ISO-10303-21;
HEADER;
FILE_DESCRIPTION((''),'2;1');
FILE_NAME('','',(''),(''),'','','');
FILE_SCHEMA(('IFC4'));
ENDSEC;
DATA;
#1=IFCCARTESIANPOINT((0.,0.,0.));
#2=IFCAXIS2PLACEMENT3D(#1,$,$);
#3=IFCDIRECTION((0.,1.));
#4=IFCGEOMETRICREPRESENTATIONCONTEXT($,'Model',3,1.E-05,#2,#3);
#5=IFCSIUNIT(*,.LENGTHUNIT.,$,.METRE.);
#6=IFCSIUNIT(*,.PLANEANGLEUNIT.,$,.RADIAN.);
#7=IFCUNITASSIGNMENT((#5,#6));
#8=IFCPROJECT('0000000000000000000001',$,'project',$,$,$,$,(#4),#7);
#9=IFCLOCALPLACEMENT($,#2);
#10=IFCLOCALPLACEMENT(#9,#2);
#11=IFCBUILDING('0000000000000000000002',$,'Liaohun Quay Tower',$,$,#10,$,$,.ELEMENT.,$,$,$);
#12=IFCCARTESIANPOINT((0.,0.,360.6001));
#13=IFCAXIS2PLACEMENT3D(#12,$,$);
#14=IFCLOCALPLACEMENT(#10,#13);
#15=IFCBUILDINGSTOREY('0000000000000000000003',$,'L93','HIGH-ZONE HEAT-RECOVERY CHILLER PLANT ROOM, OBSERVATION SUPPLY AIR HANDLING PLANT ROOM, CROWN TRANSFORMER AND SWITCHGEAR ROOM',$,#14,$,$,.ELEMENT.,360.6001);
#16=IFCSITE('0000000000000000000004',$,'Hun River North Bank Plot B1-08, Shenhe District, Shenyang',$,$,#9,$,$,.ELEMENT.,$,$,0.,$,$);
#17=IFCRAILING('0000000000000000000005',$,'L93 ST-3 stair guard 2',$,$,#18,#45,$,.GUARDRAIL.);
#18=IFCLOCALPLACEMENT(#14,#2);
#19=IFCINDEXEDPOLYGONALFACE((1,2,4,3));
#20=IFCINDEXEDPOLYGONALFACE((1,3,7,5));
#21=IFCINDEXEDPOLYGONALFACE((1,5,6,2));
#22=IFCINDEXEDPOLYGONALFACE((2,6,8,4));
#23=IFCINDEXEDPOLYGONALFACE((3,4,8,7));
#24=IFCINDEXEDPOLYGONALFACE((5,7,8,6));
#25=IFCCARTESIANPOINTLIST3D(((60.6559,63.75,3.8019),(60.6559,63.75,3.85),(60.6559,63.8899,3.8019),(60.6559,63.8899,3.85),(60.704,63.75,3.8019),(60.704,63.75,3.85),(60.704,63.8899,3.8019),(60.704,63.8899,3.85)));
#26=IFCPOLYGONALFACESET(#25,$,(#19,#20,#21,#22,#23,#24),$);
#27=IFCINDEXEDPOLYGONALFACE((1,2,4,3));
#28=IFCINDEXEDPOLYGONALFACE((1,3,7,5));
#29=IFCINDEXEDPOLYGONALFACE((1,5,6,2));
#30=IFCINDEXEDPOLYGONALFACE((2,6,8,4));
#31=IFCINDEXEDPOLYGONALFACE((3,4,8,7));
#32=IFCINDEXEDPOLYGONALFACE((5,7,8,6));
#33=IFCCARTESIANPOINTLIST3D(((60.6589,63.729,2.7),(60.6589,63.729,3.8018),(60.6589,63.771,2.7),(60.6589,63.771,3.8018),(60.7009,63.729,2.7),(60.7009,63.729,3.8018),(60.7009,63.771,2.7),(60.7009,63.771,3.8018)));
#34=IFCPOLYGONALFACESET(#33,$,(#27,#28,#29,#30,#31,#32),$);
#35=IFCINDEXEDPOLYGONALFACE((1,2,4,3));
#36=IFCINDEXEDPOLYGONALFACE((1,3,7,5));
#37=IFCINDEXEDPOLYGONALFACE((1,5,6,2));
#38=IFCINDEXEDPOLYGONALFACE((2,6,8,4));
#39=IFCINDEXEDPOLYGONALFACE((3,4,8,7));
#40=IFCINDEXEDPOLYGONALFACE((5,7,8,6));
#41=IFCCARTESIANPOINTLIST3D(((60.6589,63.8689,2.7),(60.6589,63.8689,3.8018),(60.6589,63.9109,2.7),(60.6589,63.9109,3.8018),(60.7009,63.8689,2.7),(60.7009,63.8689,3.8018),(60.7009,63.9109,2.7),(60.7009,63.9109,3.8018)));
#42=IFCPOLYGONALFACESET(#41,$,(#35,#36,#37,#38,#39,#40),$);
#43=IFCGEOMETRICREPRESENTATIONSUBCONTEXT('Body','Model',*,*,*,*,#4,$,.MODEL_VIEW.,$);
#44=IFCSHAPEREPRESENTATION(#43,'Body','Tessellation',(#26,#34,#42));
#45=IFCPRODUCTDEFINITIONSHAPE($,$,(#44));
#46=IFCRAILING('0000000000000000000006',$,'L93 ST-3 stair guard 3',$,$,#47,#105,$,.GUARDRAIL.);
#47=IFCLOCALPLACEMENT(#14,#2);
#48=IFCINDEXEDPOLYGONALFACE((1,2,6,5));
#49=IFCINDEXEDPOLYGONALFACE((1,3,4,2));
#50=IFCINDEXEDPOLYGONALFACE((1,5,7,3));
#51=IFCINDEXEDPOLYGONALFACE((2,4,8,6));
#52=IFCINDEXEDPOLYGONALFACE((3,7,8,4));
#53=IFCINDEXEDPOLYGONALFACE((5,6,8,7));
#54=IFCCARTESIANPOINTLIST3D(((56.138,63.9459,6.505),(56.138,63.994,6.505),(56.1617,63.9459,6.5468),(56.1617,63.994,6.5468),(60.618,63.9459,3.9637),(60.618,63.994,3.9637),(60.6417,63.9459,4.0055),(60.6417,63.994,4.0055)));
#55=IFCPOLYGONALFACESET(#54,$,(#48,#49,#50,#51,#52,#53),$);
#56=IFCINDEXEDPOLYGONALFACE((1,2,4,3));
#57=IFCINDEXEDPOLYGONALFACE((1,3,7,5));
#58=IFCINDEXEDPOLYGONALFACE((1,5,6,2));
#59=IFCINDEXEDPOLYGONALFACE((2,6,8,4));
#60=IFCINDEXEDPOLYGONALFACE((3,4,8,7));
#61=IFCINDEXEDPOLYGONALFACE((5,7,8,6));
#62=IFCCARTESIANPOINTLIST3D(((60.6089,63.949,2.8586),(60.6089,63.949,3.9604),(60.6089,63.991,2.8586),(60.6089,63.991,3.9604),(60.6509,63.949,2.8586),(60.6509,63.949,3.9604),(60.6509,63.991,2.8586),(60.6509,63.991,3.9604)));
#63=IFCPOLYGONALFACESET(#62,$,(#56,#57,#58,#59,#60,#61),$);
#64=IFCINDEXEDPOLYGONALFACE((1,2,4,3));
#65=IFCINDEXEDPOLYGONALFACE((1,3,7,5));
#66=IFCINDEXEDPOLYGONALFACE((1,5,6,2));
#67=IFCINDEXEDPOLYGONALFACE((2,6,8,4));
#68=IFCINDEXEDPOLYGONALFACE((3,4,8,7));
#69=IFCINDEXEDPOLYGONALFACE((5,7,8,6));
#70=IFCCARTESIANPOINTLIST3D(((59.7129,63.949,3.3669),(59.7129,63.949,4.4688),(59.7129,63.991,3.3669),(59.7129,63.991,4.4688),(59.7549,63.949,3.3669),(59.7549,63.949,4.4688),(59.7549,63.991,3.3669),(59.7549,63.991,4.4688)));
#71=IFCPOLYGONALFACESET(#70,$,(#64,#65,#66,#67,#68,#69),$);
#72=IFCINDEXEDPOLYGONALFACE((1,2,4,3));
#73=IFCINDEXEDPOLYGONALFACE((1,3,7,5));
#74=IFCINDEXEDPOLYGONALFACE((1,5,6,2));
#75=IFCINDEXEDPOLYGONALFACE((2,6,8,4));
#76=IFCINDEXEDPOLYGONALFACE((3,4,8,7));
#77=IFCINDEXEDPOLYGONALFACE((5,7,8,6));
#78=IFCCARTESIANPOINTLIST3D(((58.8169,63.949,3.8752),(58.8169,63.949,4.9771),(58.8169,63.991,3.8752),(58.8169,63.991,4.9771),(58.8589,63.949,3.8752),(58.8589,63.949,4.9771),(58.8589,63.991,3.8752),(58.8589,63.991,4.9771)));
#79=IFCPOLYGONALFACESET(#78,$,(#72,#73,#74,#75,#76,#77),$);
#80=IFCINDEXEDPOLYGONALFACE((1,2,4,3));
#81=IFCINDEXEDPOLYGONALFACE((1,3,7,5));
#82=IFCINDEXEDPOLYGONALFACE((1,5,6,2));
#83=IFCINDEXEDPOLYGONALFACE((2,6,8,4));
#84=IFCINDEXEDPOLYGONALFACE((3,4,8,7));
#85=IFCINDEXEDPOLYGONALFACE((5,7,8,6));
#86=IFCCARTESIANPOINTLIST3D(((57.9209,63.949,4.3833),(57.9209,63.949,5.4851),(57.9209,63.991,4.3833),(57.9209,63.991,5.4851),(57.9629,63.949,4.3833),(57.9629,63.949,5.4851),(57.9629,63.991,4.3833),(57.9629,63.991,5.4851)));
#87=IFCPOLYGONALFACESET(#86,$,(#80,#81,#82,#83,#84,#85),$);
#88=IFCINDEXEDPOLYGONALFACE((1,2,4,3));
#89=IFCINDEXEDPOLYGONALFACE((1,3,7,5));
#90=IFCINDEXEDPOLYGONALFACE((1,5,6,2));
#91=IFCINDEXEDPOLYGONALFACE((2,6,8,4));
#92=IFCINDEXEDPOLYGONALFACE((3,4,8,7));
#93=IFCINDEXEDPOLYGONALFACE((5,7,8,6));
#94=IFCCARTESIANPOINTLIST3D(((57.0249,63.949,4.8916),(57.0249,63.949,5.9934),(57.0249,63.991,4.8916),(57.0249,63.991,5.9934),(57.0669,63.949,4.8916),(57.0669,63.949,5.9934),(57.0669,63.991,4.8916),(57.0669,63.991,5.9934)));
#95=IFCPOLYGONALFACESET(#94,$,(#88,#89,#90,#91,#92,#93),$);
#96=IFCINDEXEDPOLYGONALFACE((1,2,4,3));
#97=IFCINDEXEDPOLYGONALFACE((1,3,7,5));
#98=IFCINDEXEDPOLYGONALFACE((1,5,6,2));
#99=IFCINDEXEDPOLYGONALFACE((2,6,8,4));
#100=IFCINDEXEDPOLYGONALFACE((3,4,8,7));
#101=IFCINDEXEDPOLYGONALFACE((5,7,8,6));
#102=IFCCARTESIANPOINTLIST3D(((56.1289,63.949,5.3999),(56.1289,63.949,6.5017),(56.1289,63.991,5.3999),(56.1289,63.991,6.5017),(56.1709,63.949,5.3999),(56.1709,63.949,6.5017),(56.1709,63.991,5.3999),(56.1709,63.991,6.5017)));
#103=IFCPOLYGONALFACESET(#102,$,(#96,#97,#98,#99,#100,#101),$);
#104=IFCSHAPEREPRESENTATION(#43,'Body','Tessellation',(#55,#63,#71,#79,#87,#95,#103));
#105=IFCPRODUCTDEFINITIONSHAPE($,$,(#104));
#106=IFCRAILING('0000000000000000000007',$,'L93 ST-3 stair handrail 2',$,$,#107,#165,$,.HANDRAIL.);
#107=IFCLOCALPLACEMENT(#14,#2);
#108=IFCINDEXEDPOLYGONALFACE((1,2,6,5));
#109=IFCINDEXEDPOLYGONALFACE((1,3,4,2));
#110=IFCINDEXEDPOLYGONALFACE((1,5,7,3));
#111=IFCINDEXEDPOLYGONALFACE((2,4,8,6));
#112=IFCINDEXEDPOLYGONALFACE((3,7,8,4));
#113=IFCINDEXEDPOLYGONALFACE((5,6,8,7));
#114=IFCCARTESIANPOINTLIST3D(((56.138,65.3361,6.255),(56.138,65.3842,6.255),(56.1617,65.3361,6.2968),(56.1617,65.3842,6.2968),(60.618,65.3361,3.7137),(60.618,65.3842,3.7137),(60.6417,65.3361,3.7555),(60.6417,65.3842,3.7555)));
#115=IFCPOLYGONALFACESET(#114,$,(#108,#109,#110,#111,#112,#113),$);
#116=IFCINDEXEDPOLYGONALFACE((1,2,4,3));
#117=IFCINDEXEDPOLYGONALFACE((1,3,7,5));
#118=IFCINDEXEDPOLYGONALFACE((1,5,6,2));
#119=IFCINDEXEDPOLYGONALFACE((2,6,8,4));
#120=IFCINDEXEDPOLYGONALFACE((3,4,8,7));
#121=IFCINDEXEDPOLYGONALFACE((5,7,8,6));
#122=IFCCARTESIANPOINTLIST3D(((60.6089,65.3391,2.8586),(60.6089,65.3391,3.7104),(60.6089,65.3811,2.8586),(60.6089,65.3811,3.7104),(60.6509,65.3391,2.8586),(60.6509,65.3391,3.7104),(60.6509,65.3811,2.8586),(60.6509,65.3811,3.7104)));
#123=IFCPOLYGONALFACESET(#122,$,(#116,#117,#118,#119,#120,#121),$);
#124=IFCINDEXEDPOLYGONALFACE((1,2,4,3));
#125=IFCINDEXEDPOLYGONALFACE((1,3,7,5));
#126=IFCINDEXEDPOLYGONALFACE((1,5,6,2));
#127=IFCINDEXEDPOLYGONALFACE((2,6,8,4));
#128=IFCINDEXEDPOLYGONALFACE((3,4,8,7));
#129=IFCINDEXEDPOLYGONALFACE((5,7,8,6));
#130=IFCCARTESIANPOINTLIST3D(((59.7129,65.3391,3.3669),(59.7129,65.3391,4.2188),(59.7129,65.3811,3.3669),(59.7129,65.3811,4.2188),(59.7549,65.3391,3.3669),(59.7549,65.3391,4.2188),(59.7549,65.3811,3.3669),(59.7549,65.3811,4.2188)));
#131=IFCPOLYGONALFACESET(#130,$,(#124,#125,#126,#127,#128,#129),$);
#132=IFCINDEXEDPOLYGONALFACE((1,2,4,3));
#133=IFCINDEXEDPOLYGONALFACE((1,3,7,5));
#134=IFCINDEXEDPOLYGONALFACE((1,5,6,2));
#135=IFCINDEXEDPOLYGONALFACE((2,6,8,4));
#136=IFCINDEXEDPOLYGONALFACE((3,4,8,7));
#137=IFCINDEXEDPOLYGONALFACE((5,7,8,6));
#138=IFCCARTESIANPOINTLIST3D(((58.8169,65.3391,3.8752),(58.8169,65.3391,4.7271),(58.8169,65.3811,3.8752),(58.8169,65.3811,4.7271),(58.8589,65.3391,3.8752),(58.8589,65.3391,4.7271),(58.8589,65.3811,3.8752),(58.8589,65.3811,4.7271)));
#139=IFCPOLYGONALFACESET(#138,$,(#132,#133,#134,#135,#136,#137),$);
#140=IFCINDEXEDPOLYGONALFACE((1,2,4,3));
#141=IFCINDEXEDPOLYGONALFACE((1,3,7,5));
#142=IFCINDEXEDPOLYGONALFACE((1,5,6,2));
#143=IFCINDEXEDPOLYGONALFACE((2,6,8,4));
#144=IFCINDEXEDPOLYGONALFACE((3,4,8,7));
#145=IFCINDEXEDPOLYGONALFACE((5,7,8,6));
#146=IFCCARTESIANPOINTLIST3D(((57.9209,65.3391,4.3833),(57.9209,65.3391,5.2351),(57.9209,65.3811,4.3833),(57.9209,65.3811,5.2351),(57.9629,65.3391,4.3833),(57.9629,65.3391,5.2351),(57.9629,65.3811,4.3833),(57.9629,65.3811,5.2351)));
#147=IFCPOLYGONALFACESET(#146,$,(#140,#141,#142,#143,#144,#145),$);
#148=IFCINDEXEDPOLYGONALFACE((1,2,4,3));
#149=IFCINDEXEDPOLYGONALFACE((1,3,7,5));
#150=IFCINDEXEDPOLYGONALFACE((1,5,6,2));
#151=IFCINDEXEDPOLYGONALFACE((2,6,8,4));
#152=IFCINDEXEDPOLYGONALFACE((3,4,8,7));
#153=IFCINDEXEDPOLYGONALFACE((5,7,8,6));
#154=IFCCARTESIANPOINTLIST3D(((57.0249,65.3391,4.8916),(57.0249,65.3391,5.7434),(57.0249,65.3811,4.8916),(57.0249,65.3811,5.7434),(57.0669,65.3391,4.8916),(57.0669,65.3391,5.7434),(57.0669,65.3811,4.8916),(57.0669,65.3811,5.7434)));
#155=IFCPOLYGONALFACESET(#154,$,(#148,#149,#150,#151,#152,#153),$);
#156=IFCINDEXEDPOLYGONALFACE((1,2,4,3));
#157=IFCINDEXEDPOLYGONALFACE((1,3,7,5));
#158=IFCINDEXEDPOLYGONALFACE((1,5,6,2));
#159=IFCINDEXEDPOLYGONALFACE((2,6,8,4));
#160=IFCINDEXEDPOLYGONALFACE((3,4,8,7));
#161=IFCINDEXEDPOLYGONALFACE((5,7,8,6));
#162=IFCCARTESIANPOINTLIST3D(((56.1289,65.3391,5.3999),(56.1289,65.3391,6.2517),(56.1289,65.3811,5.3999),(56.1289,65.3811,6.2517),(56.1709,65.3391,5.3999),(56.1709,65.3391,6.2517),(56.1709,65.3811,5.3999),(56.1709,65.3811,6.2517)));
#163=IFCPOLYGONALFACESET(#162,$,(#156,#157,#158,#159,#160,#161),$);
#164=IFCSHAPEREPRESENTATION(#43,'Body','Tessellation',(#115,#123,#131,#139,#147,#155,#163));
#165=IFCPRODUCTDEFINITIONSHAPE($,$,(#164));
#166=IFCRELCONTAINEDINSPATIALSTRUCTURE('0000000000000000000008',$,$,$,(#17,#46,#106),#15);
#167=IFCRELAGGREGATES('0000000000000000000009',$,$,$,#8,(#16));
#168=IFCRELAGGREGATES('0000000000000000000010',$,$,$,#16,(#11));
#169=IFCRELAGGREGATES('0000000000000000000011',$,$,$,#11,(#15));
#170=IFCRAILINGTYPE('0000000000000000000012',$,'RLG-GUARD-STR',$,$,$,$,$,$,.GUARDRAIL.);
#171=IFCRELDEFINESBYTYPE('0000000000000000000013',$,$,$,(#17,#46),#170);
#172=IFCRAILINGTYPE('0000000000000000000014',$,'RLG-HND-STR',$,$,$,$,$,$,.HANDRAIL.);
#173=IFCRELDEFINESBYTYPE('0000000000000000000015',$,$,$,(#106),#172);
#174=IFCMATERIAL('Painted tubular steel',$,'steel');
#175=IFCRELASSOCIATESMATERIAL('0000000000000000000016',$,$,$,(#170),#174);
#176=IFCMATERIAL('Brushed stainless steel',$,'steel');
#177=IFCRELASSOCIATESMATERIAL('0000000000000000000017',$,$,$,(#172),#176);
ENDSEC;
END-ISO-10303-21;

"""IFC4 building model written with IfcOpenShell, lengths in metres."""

from ifc_helpers import new_model, si_unit, direction, frame, origin, origin_2d, place, context, subcontext, project, spatial, rectangle, extrude, material, type_object, element, save


model = new_model("IFC4")

# Units and contexts
model_context = context("Model", 3, precision=1e-05, world=origin(), true_north=direction((0.0, 1.0)))
body_context = subcontext(model_context, "Body", "Model", "MODEL_VIEW")
ifc_project = project(units=[si_unit("LENGTHUNIT", "METRE"), si_unit("PLANEANGLEUNIT", "RADIAN")], contexts=[model_context])

# Site, building, storey
site_placement = place(None, origin())
site = spatial("IfcSite", under=ifc_project, at=site_placement, Name="Hun River North Bank Plot B1-08, Shenhe District, Shenyang", CompositionType="ELEMENT", RefElevation=0.0)
building_placement = place(site_placement, origin())
building = spatial("IfcBuilding", under=site, at=building_placement, Name="Liaohun Quay Tower", CompositionType="ELEMENT")
storey_placement = place(building_placement, frame((0.0, 0.0, 360.6001)))
storey = spatial("IfcBuildingStorey", under=building, at=storey_placement, Name="L93", Description="HIGH-ZONE HEAT-RECOVERY CHILLER PLANT ROOM, OBSERVATION SUPPLY AIR HANDLING PLANT ROOM, CROWN TRANSFORMER AND SWITCHGEAR ROOM", CompositionType="ELEMENT", Elevation=360.6001)

# Railings
ifc_material_1 = material(Name="Painted tubular steel", Category="steel")
railing_type_1 = type_object("IfcRailingType", Name="RLG-GUARD-STR", PredefinedType="GUARDRAIL", material=ifc_material_1)
railing_1_placement = place(storey_placement, frame((60.6799, 63.75, 2.7)))
element("IfcRailing", 1, at=railing_1_placement, inside=storey, type_object=railing_type_1, Name="L93 ST-3 stair guard 2", PredefinedType="GUARDRAIL", context=body_context, shape_type="SweptSolid", body=[
    extrude(rectangle(XDim=0.0481, YDim=0.0481, at=origin_2d()), frame((0.0, 0.0, 1.126), z_axis=(0.0, 1.0, 0.0), x_axis=(-1.0, 0.0, 0.0)), (0.0, 0.0, 1.0), 0.1399),
    extrude(rectangle(XDim=0.042, YDim=0.042, at=origin_2d()), origin(), (0.0, 0.0, 1.0), 1.1018),
    extrude(rectangle(XDim=0.042, YDim=0.042, at=origin_2d()), frame((0.0, 0.1399, 0.0)), (0.0, 0.0, 1.0), 1.1018),
])
railing_2_placement = place(storey_placement, frame((60.6299, 63.97, 2.8586)))
element("IfcRailing", 2, at=railing_2_placement, inside=storey, type_object=railing_type_1, Name="L93 ST-3 stair guard 3", PredefinedType="GUARDRAIL", context=body_context, shape_type="SweptSolid", body=[
    extrude(rectangle(XDim=0.0481, YDim=0.0481, at=origin_2d()), frame((0.0, 0.0, 1.126), z_axis=(-0.869805, 0.0, 0.493395), x_axis=(0.0, -1.0, 0.0)), (0.0, 0.0, 1.0), 5.1506),
    extrude(rectangle(XDim=0.042, YDim=0.042, at=origin_2d()), origin(), (0.0, 0.0, 1.0), 1.1018),
    extrude(rectangle(XDim=0.042, YDim=0.042, at=origin_2d()), frame((-0.896, 0.0, 0.5083)), (0.0, 0.0, 1.0), 1.1018),
    extrude(rectangle(XDim=0.042, YDim=0.042, at=origin_2d()), frame((-1.792, 0.0, 1.0166)), (0.0, 0.0, 1.0), 1.1018),
    extrude(rectangle(XDim=0.042, YDim=0.042, at=origin_2d()), frame((-2.688, 0.0, 1.5247)), (0.0, 0.0, 1.0), 1.1018),
    extrude(rectangle(XDim=0.042, YDim=0.042, at=origin_2d()), frame((-3.584, 0.0, 2.033)), (0.0, 0.0, 1.0), 1.1018),
    extrude(rectangle(XDim=0.042, YDim=0.042, at=origin_2d()), frame((-4.48, 0.0, 2.5413)), (0.0, 0.0, 1.0), 1.1018),
])
ifc_material_2 = material(Name="Brushed stainless steel", Category="steel")
railing_type_2 = type_object("IfcRailingType", Name="RLG-HND-STR", PredefinedType="HANDRAIL", material=ifc_material_2)
railing_3_placement = place(storey_placement, frame((60.6299, 65.3601, 2.8586)))
element("IfcRailing", 3, at=railing_3_placement, inside=storey, type_object=railing_type_2, Name="L93 ST-3 stair handrail 2", PredefinedType="HANDRAIL", context=body_context, shape_type="SweptSolid", body=[
    extrude(rectangle(XDim=0.0481, YDim=0.0481, at=origin_2d()), frame((0.0, 0.0, 0.876), z_axis=(-0.869805, 0.0, 0.493395), x_axis=(0.0, -1.0, 0.0)), (0.0, 0.0, 1.0), 5.1506),
    extrude(rectangle(XDim=0.042, YDim=0.042, at=origin_2d()), origin(), (0.0, 0.0, 1.0), 0.8518),
    extrude(rectangle(XDim=0.042, YDim=0.042, at=origin_2d()), frame((-0.896, 0.0, 0.5083)), (0.0, 0.0, 1.0), 0.8518),
    extrude(rectangle(XDim=0.042, YDim=0.042, at=origin_2d()), frame((-1.792, 0.0, 1.0166)), (0.0, 0.0, 1.0), 0.8518),
    extrude(rectangle(XDim=0.042, YDim=0.042, at=origin_2d()), frame((-2.688, 0.0, 1.5247)), (0.0, 0.0, 1.0), 0.8518),
    extrude(rectangle(XDim=0.042, YDim=0.042, at=origin_2d()), frame((-3.584, 0.0, 2.033)), (0.0, 0.0, 1.0), 0.8518),
    extrude(rectangle(XDim=0.042, YDim=0.042, at=origin_2d()), frame((-4.48, 0.0, 2.5413)), (0.0, 0.0, 1.0), 0.8518),
])

save(model, "model.ifc")
